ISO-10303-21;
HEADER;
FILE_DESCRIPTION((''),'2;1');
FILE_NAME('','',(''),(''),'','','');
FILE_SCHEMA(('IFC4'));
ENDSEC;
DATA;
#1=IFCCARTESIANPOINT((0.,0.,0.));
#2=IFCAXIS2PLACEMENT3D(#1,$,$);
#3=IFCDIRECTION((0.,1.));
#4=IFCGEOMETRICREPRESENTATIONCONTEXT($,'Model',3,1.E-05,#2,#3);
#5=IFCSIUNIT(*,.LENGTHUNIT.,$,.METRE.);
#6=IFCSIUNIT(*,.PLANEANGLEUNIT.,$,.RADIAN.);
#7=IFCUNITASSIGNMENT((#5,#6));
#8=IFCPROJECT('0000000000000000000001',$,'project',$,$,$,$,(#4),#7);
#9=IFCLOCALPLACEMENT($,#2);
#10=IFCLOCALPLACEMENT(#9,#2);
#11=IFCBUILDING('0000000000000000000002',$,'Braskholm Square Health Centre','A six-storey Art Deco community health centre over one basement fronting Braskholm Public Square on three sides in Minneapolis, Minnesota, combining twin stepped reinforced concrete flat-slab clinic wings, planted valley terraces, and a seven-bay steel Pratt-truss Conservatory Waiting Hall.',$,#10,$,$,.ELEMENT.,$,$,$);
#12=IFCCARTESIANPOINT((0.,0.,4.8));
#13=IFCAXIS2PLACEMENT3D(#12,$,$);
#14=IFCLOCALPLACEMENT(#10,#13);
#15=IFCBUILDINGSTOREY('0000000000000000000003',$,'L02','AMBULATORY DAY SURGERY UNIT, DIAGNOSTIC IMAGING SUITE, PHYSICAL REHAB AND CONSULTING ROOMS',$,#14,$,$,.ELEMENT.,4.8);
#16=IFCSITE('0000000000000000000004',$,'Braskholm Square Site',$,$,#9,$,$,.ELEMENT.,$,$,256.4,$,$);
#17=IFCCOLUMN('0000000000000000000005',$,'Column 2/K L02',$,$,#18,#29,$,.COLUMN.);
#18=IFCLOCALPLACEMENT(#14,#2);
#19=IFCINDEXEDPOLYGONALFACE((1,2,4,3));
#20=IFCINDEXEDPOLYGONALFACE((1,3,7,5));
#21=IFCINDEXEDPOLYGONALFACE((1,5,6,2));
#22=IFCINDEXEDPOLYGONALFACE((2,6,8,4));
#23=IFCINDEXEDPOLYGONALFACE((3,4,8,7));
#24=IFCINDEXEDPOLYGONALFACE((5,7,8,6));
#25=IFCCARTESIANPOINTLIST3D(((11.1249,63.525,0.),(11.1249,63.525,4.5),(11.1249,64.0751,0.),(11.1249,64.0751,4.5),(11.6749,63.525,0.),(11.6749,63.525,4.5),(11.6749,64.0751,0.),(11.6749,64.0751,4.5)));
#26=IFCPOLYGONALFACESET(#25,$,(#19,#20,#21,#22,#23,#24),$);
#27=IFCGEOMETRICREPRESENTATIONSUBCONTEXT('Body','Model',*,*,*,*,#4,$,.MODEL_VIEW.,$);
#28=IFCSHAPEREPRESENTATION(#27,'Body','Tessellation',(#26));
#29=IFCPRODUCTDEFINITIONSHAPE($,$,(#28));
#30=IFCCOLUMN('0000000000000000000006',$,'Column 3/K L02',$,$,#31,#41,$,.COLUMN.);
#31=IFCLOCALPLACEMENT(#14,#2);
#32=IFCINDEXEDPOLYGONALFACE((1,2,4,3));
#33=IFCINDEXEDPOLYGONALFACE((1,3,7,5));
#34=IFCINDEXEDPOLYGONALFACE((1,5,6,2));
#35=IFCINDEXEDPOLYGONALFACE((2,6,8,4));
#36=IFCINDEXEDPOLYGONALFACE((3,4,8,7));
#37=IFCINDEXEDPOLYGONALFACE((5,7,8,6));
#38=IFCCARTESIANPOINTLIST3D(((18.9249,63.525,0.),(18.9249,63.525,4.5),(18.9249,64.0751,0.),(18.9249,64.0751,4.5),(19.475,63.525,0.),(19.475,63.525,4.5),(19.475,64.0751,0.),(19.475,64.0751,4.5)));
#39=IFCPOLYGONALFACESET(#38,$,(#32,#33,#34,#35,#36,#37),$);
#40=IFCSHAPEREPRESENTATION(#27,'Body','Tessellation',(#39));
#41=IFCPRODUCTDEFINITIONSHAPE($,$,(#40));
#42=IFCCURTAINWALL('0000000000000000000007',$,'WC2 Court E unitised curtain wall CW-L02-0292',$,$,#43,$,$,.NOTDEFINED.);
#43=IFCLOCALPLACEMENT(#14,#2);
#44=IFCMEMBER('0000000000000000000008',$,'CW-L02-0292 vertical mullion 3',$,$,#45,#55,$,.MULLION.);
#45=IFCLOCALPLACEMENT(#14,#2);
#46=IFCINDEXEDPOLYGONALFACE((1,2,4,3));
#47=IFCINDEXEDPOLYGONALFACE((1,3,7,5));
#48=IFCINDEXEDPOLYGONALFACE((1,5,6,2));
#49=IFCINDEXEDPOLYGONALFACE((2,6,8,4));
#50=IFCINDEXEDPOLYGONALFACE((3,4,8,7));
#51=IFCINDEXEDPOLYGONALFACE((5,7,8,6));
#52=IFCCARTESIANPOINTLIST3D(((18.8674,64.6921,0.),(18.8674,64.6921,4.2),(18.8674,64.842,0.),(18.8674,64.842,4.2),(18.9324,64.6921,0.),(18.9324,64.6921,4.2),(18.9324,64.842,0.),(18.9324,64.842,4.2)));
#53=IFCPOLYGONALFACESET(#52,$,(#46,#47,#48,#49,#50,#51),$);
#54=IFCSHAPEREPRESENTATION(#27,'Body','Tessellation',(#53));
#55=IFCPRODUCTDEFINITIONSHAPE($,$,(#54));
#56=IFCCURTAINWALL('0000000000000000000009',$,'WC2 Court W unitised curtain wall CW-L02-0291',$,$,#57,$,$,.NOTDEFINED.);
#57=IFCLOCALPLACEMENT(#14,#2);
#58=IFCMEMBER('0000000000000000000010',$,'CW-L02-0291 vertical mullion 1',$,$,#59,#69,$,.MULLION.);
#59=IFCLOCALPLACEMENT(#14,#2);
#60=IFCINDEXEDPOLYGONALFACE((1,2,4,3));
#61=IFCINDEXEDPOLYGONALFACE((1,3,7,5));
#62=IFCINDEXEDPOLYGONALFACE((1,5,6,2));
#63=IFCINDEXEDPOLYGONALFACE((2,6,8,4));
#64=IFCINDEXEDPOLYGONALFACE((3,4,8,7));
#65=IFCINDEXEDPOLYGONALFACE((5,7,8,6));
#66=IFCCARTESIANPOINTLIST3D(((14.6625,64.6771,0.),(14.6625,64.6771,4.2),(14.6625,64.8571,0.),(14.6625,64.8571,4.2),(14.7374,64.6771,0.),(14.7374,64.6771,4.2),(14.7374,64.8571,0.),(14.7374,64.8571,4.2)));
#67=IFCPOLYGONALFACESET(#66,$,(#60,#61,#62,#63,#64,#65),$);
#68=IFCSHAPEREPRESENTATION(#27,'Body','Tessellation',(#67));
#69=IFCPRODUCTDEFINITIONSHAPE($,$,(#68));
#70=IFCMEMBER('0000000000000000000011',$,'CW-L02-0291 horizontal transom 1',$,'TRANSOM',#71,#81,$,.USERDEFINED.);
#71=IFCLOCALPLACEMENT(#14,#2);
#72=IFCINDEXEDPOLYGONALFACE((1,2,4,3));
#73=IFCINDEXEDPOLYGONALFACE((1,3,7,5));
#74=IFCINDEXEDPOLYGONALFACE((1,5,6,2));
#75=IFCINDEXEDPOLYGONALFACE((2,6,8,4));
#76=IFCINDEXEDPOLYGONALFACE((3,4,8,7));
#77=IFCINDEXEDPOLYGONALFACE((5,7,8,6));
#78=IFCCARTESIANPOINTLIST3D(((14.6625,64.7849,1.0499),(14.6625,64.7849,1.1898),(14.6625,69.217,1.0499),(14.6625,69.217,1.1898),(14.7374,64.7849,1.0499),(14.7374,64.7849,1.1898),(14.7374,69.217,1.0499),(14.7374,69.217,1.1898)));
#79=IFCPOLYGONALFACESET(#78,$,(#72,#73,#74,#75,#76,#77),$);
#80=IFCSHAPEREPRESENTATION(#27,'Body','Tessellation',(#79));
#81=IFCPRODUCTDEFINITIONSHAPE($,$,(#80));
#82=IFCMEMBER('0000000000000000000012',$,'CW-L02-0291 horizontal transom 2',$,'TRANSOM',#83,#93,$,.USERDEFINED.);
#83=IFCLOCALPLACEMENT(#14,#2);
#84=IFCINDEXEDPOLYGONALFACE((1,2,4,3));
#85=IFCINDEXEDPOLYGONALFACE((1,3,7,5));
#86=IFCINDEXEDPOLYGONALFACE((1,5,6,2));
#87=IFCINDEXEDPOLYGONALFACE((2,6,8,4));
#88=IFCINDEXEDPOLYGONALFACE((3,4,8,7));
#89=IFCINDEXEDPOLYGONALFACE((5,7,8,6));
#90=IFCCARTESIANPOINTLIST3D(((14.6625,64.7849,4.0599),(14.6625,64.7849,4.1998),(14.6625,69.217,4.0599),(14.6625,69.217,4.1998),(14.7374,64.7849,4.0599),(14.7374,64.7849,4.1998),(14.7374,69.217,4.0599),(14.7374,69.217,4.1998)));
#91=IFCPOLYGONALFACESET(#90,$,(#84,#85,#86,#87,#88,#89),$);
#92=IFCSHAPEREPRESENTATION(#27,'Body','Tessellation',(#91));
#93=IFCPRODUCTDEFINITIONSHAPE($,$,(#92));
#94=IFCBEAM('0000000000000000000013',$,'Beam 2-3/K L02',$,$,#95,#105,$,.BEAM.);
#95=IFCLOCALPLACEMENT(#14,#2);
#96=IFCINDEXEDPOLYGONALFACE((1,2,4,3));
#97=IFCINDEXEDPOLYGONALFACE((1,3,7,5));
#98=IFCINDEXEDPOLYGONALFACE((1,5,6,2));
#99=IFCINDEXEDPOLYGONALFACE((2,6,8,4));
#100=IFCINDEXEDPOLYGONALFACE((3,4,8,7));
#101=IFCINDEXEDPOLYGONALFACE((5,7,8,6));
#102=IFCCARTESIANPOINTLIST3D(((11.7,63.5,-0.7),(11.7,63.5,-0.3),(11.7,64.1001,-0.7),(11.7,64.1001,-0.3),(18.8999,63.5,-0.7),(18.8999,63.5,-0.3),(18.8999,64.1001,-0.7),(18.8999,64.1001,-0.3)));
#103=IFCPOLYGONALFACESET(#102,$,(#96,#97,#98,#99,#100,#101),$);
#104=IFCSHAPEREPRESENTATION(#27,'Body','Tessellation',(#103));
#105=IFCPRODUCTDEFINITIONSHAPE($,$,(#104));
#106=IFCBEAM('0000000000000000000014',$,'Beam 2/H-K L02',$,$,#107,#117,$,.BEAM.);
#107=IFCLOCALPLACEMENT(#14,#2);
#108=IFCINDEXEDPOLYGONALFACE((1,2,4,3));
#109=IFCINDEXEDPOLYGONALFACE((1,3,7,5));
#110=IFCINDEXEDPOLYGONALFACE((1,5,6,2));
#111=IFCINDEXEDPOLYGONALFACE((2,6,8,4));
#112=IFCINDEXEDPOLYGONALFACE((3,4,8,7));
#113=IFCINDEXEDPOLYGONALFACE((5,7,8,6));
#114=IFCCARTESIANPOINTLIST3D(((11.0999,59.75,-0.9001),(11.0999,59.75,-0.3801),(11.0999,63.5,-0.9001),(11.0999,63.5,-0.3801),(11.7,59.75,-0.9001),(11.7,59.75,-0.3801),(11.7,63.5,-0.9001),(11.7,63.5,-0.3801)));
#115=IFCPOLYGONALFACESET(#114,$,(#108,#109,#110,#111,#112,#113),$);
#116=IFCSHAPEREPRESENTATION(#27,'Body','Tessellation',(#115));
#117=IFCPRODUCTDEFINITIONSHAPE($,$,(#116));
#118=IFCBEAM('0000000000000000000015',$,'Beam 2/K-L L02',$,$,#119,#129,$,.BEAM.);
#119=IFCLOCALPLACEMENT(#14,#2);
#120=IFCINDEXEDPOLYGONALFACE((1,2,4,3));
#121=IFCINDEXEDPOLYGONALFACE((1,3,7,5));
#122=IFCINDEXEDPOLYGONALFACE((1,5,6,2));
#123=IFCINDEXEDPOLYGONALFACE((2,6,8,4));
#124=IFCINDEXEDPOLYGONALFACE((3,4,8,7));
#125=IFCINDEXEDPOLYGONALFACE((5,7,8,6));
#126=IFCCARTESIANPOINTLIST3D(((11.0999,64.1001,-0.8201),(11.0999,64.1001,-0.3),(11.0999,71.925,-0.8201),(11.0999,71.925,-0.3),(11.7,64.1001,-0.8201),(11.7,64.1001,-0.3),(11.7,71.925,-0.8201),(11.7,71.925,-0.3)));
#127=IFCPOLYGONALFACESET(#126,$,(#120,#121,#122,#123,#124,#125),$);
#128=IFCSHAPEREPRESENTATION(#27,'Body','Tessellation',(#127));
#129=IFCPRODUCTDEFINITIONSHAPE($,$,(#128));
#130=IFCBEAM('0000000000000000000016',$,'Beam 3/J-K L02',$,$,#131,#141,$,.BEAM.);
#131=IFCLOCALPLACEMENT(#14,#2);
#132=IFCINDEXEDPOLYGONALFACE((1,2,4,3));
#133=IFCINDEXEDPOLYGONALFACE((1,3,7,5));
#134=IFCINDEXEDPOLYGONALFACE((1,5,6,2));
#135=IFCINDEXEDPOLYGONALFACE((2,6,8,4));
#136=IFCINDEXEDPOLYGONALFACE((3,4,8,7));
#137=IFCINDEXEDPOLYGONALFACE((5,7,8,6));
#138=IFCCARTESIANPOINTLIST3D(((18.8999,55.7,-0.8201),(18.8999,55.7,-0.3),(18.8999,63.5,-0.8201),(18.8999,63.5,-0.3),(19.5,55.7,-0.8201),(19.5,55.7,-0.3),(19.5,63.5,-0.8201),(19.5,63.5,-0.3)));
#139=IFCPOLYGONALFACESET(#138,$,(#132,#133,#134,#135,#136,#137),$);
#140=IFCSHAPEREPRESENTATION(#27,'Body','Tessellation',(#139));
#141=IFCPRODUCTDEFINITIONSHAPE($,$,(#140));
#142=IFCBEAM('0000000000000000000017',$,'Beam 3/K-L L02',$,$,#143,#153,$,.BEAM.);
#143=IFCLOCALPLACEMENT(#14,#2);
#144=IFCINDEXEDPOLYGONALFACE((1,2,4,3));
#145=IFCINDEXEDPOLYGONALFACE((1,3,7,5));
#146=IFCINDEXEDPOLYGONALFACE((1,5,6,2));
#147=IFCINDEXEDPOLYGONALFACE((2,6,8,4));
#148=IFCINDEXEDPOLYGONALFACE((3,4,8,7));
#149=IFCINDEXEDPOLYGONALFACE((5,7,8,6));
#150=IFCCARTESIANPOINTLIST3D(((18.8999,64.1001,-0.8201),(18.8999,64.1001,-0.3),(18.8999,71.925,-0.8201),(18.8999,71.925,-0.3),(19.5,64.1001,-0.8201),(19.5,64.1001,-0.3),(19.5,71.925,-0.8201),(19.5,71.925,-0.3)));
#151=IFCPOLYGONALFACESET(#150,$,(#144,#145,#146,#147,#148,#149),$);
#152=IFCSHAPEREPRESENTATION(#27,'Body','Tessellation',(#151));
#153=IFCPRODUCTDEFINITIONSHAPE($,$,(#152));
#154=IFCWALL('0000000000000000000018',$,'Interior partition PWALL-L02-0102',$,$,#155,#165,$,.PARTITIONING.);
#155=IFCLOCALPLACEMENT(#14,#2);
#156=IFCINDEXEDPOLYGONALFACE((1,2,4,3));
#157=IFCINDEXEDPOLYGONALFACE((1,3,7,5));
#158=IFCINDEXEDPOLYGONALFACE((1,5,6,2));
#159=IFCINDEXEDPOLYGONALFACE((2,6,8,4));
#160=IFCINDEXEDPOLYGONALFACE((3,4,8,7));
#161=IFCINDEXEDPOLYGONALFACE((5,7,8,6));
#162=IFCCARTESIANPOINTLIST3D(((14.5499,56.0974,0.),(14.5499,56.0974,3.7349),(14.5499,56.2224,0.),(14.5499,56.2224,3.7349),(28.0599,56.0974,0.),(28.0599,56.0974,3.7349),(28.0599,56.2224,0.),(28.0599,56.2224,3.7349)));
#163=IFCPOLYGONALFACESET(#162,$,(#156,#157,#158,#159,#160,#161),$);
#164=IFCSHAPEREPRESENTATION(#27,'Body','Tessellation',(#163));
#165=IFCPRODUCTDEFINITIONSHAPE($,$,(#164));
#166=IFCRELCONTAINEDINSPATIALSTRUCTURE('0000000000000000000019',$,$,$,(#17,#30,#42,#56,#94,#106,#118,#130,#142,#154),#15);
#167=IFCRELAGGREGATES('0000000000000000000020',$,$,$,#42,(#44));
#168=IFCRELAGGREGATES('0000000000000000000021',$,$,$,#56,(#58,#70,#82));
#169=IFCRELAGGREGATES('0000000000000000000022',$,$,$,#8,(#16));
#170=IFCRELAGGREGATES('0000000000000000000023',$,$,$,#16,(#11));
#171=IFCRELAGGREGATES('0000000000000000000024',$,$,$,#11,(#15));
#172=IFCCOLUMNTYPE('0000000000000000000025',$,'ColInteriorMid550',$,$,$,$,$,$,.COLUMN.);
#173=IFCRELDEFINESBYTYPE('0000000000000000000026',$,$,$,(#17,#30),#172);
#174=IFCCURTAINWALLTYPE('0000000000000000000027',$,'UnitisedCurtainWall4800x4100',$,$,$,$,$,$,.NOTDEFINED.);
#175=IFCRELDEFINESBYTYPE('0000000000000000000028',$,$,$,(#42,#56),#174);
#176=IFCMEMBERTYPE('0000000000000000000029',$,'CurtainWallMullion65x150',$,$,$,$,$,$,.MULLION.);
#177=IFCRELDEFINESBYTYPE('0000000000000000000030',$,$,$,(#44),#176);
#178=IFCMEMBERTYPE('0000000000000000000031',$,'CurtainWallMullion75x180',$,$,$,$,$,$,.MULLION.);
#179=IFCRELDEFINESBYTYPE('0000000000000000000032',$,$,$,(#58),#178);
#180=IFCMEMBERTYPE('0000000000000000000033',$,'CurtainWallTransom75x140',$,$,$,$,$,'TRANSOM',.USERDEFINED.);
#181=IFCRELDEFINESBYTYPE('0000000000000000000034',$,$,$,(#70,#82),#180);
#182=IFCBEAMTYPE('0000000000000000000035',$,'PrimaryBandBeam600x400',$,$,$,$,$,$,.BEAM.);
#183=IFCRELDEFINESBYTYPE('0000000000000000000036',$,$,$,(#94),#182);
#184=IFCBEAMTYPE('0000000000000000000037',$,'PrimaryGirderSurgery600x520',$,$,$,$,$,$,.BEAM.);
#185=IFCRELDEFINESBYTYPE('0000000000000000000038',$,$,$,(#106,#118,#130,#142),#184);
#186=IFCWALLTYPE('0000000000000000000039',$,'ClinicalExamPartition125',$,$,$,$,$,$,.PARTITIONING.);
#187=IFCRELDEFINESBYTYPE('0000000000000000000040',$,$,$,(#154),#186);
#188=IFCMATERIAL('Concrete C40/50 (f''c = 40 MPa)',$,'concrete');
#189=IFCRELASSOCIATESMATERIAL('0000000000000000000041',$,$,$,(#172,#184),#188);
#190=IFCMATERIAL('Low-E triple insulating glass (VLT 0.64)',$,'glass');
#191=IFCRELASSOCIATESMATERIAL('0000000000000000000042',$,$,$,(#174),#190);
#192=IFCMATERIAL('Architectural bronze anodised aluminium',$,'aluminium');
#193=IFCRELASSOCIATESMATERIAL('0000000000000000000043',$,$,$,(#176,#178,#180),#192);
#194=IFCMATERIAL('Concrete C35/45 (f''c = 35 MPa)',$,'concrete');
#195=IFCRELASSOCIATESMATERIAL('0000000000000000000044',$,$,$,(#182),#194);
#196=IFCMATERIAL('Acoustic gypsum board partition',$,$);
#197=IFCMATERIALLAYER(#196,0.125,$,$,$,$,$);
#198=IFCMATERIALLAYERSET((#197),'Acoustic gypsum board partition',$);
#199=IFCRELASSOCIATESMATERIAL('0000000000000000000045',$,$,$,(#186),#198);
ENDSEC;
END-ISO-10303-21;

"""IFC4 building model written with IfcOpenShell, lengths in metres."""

from ifc_helpers import new_model, si_unit, direction, frame, frame_2d, origin, origin_2d, place, context, subcontext, project, spatial, rectangle, extrude, material, layer, layer_set, material_profile, profile_set, type_object, element, aggregate, save


model = new_model("IFC4")

# Units and contexts
model_context = context("Model", 3, precision=1e-05, world=origin(), true_north=direction((0.0, 1.0)))
body_context = subcontext(model_context, "Body", "Model", "MODEL_VIEW")
ifc_project = project(units=[si_unit("LENGTHUNIT", "METRE"), si_unit("PLANEANGLEUNIT", "RADIAN")], contexts=[model_context])

# Site, building, storey
site_placement = place(None, origin())
site = spatial("IfcSite", under=ifc_project, at=site_placement, Name="Braskholm Square Site", CompositionType="ELEMENT", RefElevation=256.4)
building_placement = place(site_placement, origin())
building = spatial("IfcBuilding", under=site, at=building_placement, Name="Braskholm Square Health Centre", Description="A six-storey Art Deco community health centre over one basement fronting Braskholm Public Square on three sides in Minneapolis, Minnesota, combining twin stepped reinforced concrete flat-slab clinic wings, planted valley terraces, and a seven-bay steel Pratt-truss Conservatory Waiting Hall.", CompositionType="ELEMENT")
storey_placement = place(building_placement, frame((0.0, 0.0, 4.8)))
storey = spatial("IfcBuildingStorey", under=building, at=storey_placement, Name="L02", Description="AMBULATORY DAY SURGERY UNIT, DIAGNOSTIC IMAGING SUITE, PHYSICAL REHAB AND CONSULTING ROOMS", CompositionType="ELEMENT", Elevation=4.8)

# Columns
ifc_material_1 = material(Name="Concrete C40/50 (f'c = 40 MPa)", Category="concrete")
ifc_material_profile_1 = material_profile(ifc_material_1, rectangle(XDim=0.55, YDim=0.55, at=origin_2d()), Name="RC-550X550")
ifc_profile_set_1 = profile_set([ifc_material_profile_1], Name="Concrete C40/50 (f'c = 40 MPa)")
column_type = type_object("IfcColumnType", Name="ColInteriorMid550", PredefinedType="COLUMN", material=ifc_profile_set_1)
for number, where, z_axis, x_axis, name in (
    (1, (11.3999, 63.8, 0.0), (0.0, 0.0, 1.0), (1.0, 0.0, 0.0), "Column 2/K L02"),
    (2, (19.2, 63.8, 0.0), (0.0, 0.0, 1.0), (1.0, 0.0, 0.0), "Column 3/K L02"),
):
    element("IfcColumn", number, at=place(storey_placement, frame(where, z_axis=z_axis, x_axis=x_axis)), inside=storey, type_object=column_type, Name=name, PredefinedType="COLUMN", context=body_context, shape_type="SweptSolid", body=[
        extrude(rectangle(XDim=0.55, YDim=0.55, at=origin_2d()), origin(), (0.0, 0.0, 1.0), 4.5),
    ])

# Curtain wall, member
ifc_material_2 = material(Name="Low-E triple insulating glass (VLT 0.64)", Category="glass")
curtain_wall_type = type_object("IfcCurtainWallType", Name="UnitisedCurtainWall4800x4100", PredefinedType="NOTDEFINED", material=ifc_material_2)
curtain_wall_1_placement = place(storey_placement, origin())
curtain_wall_1 = element("IfcCurtainWall", 3, at=curtain_wall_1_placement, inside=storey, type_object=curtain_wall_type, Name="WC2 Court E unitised curtain wall CW-L02-0292", PredefinedType="NOTDEFINED")
ifc_material_3 = material(Name="Architectural bronze anodised aluminium", Category="aluminium")
ifc_material_profile_2 = material_profile(ifc_material_3, rectangle(XDim=0.0649, YDim=0.1499, at=origin_2d()), Name="ALU-65X150")
ifc_profile_set_2 = profile_set([ifc_material_profile_2], Name="Architectural bronze anodised aluminium")
member_type_1 = type_object("IfcMemberType", Name="CurtainWallMullion65x150", PredefinedType="MULLION", material=ifc_profile_set_2)
member_1_placement = place(storey_placement, frame((18.8999, 64.7671, 0.0), z_axis=(0.0, 0.0, 1.0), x_axis=(1.0, 0.0, 0.0)))
member_1 = element("IfcMember", 4, at=member_1_placement, type_object=member_type_1, Name="CW-L02-0292 vertical mullion 3", PredefinedType="MULLION", context=body_context, shape_type="SweptSolid", body=[
    extrude(rectangle(XDim=0.0649, YDim=0.1499, at=origin_2d()), origin(), (0.0, 0.0, 1.0), 4.2),
])
aggregate(curtain_wall_1, [member_1])

# Curtain wall, members
curtain_wall_2_placement = place(storey_placement, origin())
curtain_wall_2 = element("IfcCurtainWall", 5, at=curtain_wall_2_placement, inside=storey, type_object=curtain_wall_type, Name="WC2 Court W unitised curtain wall CW-L02-0291", PredefinedType="NOTDEFINED")
ifc_material_profile_3 = material_profile(ifc_material_3, rectangle(XDim=0.075, YDim=0.1799, at=origin_2d()), Name="ALU-75X180")
ifc_profile_set_3 = profile_set([ifc_material_profile_3], Name="Architectural bronze anodised aluminium")
member_type_2 = type_object("IfcMemberType", Name="CurtainWallMullion75x180", PredefinedType="MULLION", material=ifc_profile_set_3)
member_2_placement = place(storey_placement, frame((14.7, 64.7671, 0.0), z_axis=(0.0, 0.0, 1.0), x_axis=(1.0, 0.0, 0.0)))
member_2 = element("IfcMember", 6, at=member_2_placement, type_object=member_type_2, Name="CW-L02-0291 vertical mullion 1", PredefinedType="MULLION", context=body_context, shape_type="SweptSolid", body=[
    extrude(rectangle(XDim=0.075, YDim=0.1799, at=origin_2d()), origin(), (0.0, 0.0, 1.0), 4.2),
])
ifc_material_profile_4 = material_profile(ifc_material_3, rectangle(XDim=0.075, YDim=0.1399, at=origin_2d()), Name="ALU-75X140")
ifc_profile_set_4 = profile_set([ifc_material_profile_4], Name="Architectural bronze anodised aluminium")
member_type_3 = type_object("IfcMemberType", Name="CurtainWallTransom75x140", ElementType="TRANSOM", PredefinedType="USERDEFINED", material=ifc_profile_set_4)
member_3_placement = place(storey_placement, frame((14.7, 64.7849, 1.1199), z_axis=(0.0, 1.0, 0.0), x_axis=(-1.0, 0.0, 0.0)))
member_3 = element("IfcMember", 7, at=member_3_placement, type_object=member_type_3, Name="CW-L02-0291 horizontal transom 1", ObjectType="TRANSOM", PredefinedType="USERDEFINED", context=body_context, shape_type="SweptSolid", body=[
    extrude(rectangle(XDim=0.075, YDim=0.1399, at=origin_2d()), origin(), (0.0, 0.0, 1.0), 4.4321),
])
member_4_placement = place(storey_placement, frame((14.7, 64.7849, 4.1299), z_axis=(0.0, 1.0, 0.0), x_axis=(-1.0, 0.0, 0.0)))
member_4 = element("IfcMember", 8, at=member_4_placement, type_object=member_type_3, Name="CW-L02-0291 horizontal transom 2", ObjectType="TRANSOM", PredefinedType="USERDEFINED", context=body_context, shape_type="SweptSolid", body=[
    extrude(rectangle(XDim=0.075, YDim=0.1399, at=origin_2d()), origin(), (0.0, 0.0, 1.0), 4.4321),
])
aggregate(curtain_wall_2, [member_2, member_3, member_4])

# Beams
ifc_material_4 = material(Name="Concrete C35/45 (f'c = 35 MPa)", Category="concrete")
ifc_material_profile_5 = material_profile(ifc_material_4, rectangle(XDim=0.6001, YDim=0.3999, at=origin_2d()), Name="RCB-600X400")
ifc_profile_set_5 = profile_set([ifc_material_profile_5], Name="Concrete C35/45 (f'c = 35 MPa)")
beam_type_1 = type_object("IfcBeamType", Name="PrimaryBandBeam600x400", PredefinedType="BEAM", material=ifc_profile_set_5)
beam_1_placement = place(storey_placement, frame((11.7, 63.8, -0.5), z_axis=(1.0, 0.0, 0.0), x_axis=(0.0, 1.0, 0.0)))
element("IfcBeam", 9, at=beam_1_placement, inside=storey, type_object=beam_type_1, Name="Beam 2-3/K L02", PredefinedType="BEAM", context=body_context, shape_type="SweptSolid", body=[
    extrude(rectangle(XDim=0.6001, YDim=0.3999, at=origin_2d()), origin(), (0.0, 0.0, 1.0), 7.2),
])
ifc_material_profile_6 = material_profile(ifc_material_1, rectangle(XDim=0.6001, YDim=0.52, at=origin_2d()), Name="RCB-600X520")
ifc_profile_set_6 = profile_set([ifc_material_profile_6], Name="Concrete C40/50 (f'c = 40 MPa)")
beam_type_2 = type_object("IfcBeamType", Name="PrimaryGirderSurgery600x520", PredefinedType="BEAM", material=ifc_profile_set_6)
beam_2_placement = place(storey_placement, frame((11.3999, 59.75, -0.6401), z_axis=(0.0, 1.0, 0.0), x_axis=(-1.0, 0.0, 0.0)))
element("IfcBeam", 10, at=beam_2_placement, inside=storey, type_object=beam_type_2, Name="Beam 2/H-K L02", PredefinedType="BEAM", context=body_context, shape_type="SweptSolid", body=[
    extrude(rectangle(XDim=0.6001, YDim=0.52, at=origin_2d()), origin(), (0.0, 0.0, 1.0), 3.75),
])
beam_3_placement = place(storey_placement, frame((11.3999, 64.1001, -0.5601), z_axis=(0.0, 1.0, 0.0), x_axis=(-1.0, 0.0, 0.0)))
element("IfcBeam", 11, at=beam_3_placement, inside=storey, type_object=beam_type_2, Name="Beam 2/K-L L02", PredefinedType="BEAM", context=body_context, shape_type="SweptSolid", body=[
    extrude(rectangle(XDim=0.6001, YDim=0.52, at=origin_2d()), origin(), (0.0, 0.0, 1.0), 7.825),
])
beam_4_placement = place(storey_placement, frame((19.2, 55.7, -0.5601), z_axis=(0.0, 1.0, 0.0), x_axis=(-1.0, 0.0, 0.0)))
element("IfcBeam", 12, at=beam_4_placement, inside=storey, type_object=beam_type_2, Name="Beam 3/J-K L02", PredefinedType="BEAM", context=body_context, shape_type="SweptSolid", body=[
    extrude(rectangle(XDim=0.6001, YDim=0.52, at=origin_2d()), origin(), (0.0, 0.0, 1.0), 7.8),
])
beam_5_placement = place(storey_placement, frame((19.2, 64.1001, -0.5601), z_axis=(0.0, 1.0, 0.0), x_axis=(-1.0, 0.0, 0.0)))
element("IfcBeam", 13, at=beam_5_placement, inside=storey, type_object=beam_type_2, Name="Beam 3/K-L L02", PredefinedType="BEAM", context=body_context, shape_type="SweptSolid", body=[
    extrude(rectangle(XDim=0.6001, YDim=0.52, at=origin_2d()), origin(), (0.0, 0.0, 1.0), 7.825),
])

# Wall
ifc_material_5 = material(Name="Acoustic gypsum board partition")
ifc_layer_1 = layer(ifc_material_5, 0.125)
ifc_layer_set_1 = layer_set([ifc_layer_1], Name="Acoustic gypsum board partition")
wall_type_1 = type_object("IfcWallType", Name="ClinicalExamPartition125", PredefinedType="PARTITIONING", material=ifc_layer_set_1)
wall_1_placement = place(storey_placement, frame((14.55, 56.1599, 0.0), z_axis=(0.0, 0.0, 1.0), x_axis=(1.0, 0.0, 0.0)))
element("IfcWall", 14, at=wall_1_placement, inside=storey, type_object=wall_type_1, Name="Interior partition PWALL-L02-0102", PredefinedType="PARTITIONING", context=body_context, shape_type="SweptSolid", body=[
    extrude(rectangle(XDim=13.51, YDim=0.125, at=frame_2d((6.7549, 0.0))), origin(), (0.0, 0.0, 1.0), 3.7349),
])

save(model, "model.ifc")
